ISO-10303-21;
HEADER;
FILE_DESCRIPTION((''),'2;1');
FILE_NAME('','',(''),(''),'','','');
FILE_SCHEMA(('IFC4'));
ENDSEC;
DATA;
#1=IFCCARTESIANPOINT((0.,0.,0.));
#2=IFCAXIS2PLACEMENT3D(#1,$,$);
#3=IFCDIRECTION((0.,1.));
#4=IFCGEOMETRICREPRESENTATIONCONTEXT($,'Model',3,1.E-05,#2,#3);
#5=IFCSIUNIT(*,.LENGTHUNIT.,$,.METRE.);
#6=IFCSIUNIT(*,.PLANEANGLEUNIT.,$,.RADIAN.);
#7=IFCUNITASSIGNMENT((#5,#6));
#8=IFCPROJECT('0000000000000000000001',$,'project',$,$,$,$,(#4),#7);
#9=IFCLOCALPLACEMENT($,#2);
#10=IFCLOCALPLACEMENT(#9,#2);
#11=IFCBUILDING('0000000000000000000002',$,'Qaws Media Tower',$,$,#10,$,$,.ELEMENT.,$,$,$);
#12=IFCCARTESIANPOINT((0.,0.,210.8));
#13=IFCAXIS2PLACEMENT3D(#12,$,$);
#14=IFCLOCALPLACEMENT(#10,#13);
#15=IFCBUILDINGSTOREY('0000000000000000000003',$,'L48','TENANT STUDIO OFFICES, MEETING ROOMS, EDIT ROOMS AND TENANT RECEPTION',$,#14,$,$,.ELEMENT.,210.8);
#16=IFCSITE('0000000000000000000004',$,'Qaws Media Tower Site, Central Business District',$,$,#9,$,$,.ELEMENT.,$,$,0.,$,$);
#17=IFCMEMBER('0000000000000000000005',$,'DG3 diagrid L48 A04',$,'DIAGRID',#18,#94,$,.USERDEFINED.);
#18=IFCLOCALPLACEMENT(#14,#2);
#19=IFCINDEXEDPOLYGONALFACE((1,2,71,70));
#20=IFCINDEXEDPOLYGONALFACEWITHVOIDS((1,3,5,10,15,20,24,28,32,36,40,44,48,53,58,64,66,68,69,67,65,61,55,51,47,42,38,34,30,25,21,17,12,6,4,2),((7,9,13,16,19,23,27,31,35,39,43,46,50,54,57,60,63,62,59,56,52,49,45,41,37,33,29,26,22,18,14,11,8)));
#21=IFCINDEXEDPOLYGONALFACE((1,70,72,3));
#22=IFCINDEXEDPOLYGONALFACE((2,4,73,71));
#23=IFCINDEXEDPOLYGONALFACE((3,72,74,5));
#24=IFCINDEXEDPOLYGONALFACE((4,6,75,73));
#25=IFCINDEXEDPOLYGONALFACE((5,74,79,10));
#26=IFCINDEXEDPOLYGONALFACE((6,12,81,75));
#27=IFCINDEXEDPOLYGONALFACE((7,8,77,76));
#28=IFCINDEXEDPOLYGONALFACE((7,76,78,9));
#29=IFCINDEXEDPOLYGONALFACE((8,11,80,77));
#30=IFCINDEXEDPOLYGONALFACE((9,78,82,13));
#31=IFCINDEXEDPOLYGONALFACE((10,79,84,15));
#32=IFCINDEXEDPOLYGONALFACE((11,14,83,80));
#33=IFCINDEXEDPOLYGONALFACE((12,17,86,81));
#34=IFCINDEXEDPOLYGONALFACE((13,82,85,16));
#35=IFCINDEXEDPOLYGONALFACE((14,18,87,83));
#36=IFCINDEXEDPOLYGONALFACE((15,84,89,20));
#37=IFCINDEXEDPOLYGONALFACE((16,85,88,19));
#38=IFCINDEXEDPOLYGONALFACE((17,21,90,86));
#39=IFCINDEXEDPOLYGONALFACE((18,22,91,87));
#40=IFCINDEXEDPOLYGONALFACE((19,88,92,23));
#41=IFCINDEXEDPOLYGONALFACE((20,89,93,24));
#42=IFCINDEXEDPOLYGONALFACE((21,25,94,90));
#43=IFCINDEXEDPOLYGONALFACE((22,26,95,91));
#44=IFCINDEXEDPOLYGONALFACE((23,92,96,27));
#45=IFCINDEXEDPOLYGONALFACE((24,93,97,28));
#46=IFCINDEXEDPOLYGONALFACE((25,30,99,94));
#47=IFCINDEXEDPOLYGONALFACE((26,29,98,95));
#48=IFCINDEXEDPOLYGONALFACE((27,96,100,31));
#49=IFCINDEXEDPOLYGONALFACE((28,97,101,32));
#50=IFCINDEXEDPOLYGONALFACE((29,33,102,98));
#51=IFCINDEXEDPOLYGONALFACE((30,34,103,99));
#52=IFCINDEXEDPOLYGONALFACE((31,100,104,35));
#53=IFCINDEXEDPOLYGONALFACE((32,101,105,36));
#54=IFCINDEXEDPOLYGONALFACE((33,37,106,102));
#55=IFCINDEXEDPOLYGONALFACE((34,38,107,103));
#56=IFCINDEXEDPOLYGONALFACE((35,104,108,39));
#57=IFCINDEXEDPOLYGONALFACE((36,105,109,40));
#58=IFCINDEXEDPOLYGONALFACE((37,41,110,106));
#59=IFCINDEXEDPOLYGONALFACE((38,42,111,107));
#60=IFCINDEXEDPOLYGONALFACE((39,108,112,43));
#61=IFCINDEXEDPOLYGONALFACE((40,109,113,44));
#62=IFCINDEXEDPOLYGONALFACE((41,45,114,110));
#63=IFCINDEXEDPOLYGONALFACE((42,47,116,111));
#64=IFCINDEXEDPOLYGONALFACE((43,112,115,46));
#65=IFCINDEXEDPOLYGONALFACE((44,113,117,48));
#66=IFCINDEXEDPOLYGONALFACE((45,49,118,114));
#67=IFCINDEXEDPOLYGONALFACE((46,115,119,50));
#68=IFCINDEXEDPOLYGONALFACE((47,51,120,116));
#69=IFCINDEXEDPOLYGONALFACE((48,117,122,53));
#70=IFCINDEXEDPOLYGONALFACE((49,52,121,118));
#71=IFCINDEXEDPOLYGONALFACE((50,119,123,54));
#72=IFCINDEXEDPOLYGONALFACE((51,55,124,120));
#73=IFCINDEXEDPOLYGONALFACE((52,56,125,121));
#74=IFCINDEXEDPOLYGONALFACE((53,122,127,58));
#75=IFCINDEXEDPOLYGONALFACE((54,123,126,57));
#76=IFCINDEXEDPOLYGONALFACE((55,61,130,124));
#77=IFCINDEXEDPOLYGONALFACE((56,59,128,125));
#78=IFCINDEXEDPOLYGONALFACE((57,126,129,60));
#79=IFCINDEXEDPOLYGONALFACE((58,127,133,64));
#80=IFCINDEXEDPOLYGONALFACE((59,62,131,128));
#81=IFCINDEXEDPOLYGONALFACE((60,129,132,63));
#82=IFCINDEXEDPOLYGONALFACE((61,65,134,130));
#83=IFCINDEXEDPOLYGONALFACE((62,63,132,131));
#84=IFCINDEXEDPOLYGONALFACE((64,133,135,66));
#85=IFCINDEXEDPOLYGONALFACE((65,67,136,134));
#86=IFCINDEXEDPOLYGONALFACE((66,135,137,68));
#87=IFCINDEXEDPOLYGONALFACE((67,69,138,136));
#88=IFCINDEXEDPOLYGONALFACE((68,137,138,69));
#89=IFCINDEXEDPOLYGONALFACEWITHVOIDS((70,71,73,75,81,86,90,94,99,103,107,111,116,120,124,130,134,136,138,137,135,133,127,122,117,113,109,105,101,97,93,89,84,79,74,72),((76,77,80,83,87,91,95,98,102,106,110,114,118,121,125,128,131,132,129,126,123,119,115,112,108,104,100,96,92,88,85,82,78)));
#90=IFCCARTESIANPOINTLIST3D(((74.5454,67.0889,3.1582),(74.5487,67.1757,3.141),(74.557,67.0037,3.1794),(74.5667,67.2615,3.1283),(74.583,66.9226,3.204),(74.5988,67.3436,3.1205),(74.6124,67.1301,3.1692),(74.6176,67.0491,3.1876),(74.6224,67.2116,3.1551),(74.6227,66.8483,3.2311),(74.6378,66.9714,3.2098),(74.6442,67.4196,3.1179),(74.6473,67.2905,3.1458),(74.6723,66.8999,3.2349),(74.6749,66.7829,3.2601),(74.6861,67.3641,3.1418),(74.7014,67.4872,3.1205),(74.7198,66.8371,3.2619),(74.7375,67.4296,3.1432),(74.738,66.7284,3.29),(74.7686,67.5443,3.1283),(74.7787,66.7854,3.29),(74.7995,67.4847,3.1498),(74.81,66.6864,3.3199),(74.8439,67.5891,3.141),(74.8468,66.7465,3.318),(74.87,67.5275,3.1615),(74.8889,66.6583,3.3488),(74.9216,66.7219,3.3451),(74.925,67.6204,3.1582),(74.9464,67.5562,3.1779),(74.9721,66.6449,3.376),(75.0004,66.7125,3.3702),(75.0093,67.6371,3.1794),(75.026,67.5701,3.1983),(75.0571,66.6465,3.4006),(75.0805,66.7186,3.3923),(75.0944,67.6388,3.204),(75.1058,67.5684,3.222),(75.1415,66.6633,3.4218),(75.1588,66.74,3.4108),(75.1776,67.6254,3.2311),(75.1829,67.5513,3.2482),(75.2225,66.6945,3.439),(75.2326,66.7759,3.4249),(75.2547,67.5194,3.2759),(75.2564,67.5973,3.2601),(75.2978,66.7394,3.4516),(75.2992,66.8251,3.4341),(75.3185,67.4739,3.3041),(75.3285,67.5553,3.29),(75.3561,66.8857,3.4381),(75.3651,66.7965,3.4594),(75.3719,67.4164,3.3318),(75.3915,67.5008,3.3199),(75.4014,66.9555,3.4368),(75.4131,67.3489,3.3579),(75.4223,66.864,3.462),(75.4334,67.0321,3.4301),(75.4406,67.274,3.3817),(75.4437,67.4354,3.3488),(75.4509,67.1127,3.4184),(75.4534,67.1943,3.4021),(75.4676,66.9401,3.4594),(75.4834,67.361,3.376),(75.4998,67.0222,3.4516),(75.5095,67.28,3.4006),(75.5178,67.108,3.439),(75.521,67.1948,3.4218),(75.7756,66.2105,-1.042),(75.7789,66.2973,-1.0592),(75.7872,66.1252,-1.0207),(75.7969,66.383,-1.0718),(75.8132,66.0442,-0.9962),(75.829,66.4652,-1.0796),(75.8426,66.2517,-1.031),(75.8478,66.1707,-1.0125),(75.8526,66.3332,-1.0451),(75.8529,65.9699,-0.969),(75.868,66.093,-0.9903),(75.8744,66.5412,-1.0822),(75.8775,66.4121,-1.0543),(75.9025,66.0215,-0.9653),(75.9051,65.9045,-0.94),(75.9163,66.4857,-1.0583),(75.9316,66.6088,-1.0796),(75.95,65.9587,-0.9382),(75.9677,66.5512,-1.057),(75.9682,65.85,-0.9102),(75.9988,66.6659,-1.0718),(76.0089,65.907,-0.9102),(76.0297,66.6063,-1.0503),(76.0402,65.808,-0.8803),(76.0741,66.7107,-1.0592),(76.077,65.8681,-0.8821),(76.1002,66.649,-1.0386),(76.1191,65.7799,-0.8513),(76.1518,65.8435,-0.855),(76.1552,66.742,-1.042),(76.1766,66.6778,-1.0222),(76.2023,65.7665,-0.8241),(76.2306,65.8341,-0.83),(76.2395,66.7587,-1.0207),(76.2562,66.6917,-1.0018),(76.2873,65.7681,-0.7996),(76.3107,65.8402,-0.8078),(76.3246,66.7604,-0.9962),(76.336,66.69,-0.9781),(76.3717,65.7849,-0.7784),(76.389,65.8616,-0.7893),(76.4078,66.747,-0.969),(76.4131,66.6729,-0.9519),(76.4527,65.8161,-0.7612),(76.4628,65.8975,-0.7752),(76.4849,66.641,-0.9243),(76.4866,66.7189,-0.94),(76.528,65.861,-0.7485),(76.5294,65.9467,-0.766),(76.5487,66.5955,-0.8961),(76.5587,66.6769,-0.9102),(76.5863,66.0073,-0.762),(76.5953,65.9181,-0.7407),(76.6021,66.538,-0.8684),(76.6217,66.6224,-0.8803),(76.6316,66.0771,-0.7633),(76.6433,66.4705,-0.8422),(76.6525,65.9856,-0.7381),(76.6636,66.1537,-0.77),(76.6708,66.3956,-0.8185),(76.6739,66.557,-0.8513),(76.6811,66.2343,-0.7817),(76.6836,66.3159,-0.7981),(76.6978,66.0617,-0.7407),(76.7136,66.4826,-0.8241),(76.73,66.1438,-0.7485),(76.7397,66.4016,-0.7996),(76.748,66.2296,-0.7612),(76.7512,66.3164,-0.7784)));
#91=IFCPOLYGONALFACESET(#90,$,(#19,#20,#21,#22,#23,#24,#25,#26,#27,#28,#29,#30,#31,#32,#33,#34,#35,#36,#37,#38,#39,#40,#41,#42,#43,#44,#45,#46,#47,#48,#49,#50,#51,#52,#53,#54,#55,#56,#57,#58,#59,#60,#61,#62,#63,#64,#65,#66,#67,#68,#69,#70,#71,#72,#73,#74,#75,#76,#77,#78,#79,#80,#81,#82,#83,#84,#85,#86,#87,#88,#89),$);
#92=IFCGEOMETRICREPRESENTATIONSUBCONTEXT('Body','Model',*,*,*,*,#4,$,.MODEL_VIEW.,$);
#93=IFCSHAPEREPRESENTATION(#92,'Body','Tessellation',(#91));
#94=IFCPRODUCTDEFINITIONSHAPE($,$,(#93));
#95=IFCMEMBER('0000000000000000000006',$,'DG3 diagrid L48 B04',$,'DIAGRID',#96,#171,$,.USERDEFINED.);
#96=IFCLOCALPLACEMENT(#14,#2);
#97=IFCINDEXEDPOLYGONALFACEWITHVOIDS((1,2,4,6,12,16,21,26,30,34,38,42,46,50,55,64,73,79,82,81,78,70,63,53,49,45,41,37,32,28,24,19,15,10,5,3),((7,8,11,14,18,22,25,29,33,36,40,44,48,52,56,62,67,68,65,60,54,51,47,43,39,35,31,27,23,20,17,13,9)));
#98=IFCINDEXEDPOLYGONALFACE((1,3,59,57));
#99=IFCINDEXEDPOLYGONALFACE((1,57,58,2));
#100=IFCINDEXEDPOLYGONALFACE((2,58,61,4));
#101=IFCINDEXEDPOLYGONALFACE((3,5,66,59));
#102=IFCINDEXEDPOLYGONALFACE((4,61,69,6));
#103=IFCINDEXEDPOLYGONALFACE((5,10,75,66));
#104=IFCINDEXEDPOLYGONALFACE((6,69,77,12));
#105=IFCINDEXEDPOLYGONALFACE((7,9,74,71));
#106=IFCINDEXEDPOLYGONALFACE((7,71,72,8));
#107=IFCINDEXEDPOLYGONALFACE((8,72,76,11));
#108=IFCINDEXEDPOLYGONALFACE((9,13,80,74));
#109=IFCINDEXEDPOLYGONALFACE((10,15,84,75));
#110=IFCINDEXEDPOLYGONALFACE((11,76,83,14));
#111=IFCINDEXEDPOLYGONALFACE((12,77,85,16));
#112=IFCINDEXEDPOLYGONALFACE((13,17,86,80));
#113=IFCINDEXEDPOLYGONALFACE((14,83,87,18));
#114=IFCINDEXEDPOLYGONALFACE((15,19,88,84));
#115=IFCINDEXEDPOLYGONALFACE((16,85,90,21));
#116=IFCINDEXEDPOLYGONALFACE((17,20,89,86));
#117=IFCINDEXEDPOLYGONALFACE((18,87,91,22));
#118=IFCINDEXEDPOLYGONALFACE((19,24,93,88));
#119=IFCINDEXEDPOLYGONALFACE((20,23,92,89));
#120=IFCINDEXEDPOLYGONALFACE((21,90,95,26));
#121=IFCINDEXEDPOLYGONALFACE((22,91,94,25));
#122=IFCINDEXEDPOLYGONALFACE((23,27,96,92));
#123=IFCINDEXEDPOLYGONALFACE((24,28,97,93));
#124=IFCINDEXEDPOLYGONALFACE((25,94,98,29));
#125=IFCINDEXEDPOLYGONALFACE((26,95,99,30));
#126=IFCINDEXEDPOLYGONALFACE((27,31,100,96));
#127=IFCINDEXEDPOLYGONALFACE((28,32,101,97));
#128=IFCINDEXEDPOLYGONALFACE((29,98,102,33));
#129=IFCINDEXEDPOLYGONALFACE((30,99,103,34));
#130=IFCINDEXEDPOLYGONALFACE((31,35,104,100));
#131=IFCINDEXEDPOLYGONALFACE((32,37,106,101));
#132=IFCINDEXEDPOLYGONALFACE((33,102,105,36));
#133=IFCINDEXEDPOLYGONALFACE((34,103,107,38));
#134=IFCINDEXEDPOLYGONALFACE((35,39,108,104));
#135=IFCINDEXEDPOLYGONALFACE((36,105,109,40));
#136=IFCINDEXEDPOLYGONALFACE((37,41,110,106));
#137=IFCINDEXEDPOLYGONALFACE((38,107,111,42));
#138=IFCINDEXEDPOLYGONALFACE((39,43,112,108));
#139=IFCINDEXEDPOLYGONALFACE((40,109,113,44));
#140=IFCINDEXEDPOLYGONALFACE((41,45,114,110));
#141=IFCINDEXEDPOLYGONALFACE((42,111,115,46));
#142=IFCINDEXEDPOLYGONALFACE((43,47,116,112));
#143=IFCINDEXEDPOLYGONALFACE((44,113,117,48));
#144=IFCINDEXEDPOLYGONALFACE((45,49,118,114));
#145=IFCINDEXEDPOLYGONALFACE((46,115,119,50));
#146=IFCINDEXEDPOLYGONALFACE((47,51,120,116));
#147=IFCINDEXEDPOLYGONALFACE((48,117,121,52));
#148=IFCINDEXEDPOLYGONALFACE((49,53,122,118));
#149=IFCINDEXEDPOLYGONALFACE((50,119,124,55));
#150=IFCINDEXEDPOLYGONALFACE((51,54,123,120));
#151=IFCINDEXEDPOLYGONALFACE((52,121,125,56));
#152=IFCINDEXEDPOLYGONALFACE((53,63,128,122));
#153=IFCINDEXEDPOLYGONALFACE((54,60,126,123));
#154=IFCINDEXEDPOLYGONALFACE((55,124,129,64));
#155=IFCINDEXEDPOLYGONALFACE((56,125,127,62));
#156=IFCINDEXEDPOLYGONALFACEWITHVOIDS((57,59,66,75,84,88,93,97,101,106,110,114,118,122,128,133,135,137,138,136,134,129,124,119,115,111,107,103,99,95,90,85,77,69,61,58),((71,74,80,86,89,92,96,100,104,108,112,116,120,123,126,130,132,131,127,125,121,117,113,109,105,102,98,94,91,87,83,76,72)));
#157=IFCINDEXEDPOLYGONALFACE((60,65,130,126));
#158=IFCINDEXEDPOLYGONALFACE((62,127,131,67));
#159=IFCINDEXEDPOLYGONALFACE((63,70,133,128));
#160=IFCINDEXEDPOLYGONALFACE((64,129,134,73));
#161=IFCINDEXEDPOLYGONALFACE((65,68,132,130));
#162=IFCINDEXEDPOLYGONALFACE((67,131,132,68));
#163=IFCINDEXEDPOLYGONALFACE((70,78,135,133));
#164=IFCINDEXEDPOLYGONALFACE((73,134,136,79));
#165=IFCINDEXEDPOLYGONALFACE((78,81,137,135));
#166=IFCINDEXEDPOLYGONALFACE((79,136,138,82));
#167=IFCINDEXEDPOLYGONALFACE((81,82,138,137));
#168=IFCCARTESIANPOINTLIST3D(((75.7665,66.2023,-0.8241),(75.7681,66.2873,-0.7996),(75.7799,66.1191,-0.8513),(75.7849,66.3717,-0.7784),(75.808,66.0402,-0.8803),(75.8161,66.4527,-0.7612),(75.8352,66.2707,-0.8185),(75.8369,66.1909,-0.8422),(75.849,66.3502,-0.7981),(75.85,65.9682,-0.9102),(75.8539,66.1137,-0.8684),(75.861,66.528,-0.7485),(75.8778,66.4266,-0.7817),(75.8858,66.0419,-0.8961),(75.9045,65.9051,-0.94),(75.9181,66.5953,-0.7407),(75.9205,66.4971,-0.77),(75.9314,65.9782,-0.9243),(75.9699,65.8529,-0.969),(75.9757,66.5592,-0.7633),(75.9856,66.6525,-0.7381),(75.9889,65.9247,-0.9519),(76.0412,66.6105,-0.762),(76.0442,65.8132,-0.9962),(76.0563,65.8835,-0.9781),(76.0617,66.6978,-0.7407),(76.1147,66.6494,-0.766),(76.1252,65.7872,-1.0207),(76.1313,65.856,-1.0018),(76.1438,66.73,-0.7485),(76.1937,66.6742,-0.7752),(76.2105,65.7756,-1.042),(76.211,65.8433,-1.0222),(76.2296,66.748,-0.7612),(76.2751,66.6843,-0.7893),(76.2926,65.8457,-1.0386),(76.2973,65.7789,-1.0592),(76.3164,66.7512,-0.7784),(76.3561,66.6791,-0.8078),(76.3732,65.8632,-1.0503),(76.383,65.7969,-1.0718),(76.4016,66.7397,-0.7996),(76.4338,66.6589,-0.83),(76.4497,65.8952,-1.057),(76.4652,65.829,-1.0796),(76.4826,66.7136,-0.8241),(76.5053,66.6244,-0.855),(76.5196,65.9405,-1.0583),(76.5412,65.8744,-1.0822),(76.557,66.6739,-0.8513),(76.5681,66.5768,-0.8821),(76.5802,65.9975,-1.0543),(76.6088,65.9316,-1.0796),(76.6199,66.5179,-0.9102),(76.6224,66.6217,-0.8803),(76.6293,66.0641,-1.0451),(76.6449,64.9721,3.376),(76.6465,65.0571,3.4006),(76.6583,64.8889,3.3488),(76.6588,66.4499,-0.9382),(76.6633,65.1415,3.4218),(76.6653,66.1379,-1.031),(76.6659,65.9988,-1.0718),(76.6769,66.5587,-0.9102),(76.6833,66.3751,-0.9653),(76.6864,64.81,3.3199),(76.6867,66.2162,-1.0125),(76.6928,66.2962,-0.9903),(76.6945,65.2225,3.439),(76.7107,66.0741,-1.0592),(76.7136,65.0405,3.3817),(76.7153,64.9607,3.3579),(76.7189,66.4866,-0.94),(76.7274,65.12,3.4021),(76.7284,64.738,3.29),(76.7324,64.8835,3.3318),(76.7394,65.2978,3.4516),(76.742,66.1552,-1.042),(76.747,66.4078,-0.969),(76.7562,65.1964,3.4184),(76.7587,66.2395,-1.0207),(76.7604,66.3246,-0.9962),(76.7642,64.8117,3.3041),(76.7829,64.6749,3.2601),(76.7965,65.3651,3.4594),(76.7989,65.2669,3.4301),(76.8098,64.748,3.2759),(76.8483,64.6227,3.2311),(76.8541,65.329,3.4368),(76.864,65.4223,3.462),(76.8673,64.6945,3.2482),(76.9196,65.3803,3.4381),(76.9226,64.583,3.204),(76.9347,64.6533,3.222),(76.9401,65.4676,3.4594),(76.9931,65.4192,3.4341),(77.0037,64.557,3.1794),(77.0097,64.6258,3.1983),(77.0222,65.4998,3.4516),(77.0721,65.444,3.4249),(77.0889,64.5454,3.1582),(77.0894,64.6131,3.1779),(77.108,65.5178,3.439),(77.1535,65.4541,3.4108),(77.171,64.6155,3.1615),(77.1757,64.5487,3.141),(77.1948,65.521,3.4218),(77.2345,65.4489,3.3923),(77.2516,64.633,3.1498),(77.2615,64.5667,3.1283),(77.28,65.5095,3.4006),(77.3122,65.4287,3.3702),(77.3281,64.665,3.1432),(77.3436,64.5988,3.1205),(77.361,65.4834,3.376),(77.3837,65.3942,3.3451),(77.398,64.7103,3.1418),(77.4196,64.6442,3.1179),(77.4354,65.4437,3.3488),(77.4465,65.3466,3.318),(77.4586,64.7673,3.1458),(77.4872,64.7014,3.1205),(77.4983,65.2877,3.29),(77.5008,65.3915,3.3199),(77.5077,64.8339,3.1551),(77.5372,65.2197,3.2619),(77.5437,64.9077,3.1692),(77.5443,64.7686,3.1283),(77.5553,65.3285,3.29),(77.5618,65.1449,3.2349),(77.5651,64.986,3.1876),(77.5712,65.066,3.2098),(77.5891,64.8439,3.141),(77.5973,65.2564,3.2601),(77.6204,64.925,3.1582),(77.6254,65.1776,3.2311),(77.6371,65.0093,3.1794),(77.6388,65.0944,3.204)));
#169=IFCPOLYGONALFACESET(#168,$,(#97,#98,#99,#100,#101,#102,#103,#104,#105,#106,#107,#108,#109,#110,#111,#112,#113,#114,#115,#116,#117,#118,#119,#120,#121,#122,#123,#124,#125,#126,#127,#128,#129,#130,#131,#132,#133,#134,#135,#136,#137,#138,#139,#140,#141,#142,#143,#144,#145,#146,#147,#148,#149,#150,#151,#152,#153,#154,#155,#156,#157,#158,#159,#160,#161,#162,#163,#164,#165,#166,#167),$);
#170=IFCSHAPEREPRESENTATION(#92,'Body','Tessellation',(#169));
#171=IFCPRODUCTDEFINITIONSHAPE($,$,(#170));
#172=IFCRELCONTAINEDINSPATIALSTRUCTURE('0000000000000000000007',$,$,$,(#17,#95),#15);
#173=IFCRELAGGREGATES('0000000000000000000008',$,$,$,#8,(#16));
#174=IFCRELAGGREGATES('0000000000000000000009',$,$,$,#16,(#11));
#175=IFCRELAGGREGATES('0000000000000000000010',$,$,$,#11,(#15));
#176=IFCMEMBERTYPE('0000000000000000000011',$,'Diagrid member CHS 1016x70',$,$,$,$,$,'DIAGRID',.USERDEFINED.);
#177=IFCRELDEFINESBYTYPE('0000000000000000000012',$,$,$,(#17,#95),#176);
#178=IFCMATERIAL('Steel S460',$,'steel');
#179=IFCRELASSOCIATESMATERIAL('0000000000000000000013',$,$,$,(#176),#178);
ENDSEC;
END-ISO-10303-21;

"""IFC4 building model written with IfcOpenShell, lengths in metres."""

from ifc_helpers import new_model, si_unit, direction, frame, origin, origin_2d, place, context, subcontext, project, spatial, hollow_circle, extrude, material, material_profile, profile_set, type_object, element, save


model = new_model("IFC4")

# Units and contexts
model_context = context("Model", 3, precision=1e-05, world=origin(), true_north=direction((0.0, 1.0)))
body_context = subcontext(model_context, "Body", "Model", "MODEL_VIEW")
ifc_project = project(units=[si_unit("LENGTHUNIT", "METRE"), si_unit("PLANEANGLEUNIT", "RADIAN")], contexts=[model_context])

# Site, building, storey
site_placement = place(None, origin())
site = spatial("IfcSite", under=ifc_project, at=site_placement, Name="Qaws Media Tower Site, Central Business District", CompositionType="ELEMENT", RefElevation=0.0)
building_placement = place(site_placement, origin())
building = spatial("IfcBuilding", under=site, at=building_placement, Name="Qaws Media Tower", CompositionType="ELEMENT")
storey_placement = place(building_placement, frame((0.0, 0.0, 210.8)))
storey = spatial("IfcBuildingStorey", under=building, at=storey_placement, Name="L48", Description="TENANT STUDIO OFFICES, MEETING ROOMS, EDIT ROOMS AND TENANT RECEPTION", CompositionType="ELEMENT", Elevation=210.8)

# Members
ifc_material_1 = material(Name="Steel S460", Category="steel")
ifc_material_profile_1 = material_profile(ifc_material_1, hollow_circle(Radius=0.5081, WallThickness=0.0701, at=origin_2d()), Name="CHS 1016x70")
ifc_profile_set_1 = profile_set([ifc_material_profile_1], Name="Steel S460")
member_type_1 = type_object("IfcMemberType", Name="Diagrid member CHS 1016x70", ElementType="DIAGRID", PredefinedType="USERDEFINED", material=ifc_profile_set_1)
for number, where, z_axis, x_axis, name in (
    (1, (76.2634, 66.2634, -0.9102), (-0.275592, 0.196781, 0.940918), (-0.581101, -0.813832, 0.0), "DG3 diagrid L48 A04"),
    (2, (76.2634, 66.2634, -0.9102), (0.196781, -0.275592, 0.940918), (0.813832, 0.581101, 0.0), "DG3 diagrid L48 B04"),
):
    element("IfcMember", number, at=place(storey_placement, frame(where, z_axis=z_axis, x_axis=x_axis)), inside=storey, type_object=member_type_1, Name=name, ObjectType="DIAGRID", PredefinedType="USERDEFINED", context=body_context, shape_type="SweptSolid", body=[
        extrude(hollow_circle(Radius=0.5081, WallThickness=0.0701, at=origin_2d()), origin(), (0.0, 0.0, 1.0), 4.4639),
    ])

save(model, "model.ifc")
